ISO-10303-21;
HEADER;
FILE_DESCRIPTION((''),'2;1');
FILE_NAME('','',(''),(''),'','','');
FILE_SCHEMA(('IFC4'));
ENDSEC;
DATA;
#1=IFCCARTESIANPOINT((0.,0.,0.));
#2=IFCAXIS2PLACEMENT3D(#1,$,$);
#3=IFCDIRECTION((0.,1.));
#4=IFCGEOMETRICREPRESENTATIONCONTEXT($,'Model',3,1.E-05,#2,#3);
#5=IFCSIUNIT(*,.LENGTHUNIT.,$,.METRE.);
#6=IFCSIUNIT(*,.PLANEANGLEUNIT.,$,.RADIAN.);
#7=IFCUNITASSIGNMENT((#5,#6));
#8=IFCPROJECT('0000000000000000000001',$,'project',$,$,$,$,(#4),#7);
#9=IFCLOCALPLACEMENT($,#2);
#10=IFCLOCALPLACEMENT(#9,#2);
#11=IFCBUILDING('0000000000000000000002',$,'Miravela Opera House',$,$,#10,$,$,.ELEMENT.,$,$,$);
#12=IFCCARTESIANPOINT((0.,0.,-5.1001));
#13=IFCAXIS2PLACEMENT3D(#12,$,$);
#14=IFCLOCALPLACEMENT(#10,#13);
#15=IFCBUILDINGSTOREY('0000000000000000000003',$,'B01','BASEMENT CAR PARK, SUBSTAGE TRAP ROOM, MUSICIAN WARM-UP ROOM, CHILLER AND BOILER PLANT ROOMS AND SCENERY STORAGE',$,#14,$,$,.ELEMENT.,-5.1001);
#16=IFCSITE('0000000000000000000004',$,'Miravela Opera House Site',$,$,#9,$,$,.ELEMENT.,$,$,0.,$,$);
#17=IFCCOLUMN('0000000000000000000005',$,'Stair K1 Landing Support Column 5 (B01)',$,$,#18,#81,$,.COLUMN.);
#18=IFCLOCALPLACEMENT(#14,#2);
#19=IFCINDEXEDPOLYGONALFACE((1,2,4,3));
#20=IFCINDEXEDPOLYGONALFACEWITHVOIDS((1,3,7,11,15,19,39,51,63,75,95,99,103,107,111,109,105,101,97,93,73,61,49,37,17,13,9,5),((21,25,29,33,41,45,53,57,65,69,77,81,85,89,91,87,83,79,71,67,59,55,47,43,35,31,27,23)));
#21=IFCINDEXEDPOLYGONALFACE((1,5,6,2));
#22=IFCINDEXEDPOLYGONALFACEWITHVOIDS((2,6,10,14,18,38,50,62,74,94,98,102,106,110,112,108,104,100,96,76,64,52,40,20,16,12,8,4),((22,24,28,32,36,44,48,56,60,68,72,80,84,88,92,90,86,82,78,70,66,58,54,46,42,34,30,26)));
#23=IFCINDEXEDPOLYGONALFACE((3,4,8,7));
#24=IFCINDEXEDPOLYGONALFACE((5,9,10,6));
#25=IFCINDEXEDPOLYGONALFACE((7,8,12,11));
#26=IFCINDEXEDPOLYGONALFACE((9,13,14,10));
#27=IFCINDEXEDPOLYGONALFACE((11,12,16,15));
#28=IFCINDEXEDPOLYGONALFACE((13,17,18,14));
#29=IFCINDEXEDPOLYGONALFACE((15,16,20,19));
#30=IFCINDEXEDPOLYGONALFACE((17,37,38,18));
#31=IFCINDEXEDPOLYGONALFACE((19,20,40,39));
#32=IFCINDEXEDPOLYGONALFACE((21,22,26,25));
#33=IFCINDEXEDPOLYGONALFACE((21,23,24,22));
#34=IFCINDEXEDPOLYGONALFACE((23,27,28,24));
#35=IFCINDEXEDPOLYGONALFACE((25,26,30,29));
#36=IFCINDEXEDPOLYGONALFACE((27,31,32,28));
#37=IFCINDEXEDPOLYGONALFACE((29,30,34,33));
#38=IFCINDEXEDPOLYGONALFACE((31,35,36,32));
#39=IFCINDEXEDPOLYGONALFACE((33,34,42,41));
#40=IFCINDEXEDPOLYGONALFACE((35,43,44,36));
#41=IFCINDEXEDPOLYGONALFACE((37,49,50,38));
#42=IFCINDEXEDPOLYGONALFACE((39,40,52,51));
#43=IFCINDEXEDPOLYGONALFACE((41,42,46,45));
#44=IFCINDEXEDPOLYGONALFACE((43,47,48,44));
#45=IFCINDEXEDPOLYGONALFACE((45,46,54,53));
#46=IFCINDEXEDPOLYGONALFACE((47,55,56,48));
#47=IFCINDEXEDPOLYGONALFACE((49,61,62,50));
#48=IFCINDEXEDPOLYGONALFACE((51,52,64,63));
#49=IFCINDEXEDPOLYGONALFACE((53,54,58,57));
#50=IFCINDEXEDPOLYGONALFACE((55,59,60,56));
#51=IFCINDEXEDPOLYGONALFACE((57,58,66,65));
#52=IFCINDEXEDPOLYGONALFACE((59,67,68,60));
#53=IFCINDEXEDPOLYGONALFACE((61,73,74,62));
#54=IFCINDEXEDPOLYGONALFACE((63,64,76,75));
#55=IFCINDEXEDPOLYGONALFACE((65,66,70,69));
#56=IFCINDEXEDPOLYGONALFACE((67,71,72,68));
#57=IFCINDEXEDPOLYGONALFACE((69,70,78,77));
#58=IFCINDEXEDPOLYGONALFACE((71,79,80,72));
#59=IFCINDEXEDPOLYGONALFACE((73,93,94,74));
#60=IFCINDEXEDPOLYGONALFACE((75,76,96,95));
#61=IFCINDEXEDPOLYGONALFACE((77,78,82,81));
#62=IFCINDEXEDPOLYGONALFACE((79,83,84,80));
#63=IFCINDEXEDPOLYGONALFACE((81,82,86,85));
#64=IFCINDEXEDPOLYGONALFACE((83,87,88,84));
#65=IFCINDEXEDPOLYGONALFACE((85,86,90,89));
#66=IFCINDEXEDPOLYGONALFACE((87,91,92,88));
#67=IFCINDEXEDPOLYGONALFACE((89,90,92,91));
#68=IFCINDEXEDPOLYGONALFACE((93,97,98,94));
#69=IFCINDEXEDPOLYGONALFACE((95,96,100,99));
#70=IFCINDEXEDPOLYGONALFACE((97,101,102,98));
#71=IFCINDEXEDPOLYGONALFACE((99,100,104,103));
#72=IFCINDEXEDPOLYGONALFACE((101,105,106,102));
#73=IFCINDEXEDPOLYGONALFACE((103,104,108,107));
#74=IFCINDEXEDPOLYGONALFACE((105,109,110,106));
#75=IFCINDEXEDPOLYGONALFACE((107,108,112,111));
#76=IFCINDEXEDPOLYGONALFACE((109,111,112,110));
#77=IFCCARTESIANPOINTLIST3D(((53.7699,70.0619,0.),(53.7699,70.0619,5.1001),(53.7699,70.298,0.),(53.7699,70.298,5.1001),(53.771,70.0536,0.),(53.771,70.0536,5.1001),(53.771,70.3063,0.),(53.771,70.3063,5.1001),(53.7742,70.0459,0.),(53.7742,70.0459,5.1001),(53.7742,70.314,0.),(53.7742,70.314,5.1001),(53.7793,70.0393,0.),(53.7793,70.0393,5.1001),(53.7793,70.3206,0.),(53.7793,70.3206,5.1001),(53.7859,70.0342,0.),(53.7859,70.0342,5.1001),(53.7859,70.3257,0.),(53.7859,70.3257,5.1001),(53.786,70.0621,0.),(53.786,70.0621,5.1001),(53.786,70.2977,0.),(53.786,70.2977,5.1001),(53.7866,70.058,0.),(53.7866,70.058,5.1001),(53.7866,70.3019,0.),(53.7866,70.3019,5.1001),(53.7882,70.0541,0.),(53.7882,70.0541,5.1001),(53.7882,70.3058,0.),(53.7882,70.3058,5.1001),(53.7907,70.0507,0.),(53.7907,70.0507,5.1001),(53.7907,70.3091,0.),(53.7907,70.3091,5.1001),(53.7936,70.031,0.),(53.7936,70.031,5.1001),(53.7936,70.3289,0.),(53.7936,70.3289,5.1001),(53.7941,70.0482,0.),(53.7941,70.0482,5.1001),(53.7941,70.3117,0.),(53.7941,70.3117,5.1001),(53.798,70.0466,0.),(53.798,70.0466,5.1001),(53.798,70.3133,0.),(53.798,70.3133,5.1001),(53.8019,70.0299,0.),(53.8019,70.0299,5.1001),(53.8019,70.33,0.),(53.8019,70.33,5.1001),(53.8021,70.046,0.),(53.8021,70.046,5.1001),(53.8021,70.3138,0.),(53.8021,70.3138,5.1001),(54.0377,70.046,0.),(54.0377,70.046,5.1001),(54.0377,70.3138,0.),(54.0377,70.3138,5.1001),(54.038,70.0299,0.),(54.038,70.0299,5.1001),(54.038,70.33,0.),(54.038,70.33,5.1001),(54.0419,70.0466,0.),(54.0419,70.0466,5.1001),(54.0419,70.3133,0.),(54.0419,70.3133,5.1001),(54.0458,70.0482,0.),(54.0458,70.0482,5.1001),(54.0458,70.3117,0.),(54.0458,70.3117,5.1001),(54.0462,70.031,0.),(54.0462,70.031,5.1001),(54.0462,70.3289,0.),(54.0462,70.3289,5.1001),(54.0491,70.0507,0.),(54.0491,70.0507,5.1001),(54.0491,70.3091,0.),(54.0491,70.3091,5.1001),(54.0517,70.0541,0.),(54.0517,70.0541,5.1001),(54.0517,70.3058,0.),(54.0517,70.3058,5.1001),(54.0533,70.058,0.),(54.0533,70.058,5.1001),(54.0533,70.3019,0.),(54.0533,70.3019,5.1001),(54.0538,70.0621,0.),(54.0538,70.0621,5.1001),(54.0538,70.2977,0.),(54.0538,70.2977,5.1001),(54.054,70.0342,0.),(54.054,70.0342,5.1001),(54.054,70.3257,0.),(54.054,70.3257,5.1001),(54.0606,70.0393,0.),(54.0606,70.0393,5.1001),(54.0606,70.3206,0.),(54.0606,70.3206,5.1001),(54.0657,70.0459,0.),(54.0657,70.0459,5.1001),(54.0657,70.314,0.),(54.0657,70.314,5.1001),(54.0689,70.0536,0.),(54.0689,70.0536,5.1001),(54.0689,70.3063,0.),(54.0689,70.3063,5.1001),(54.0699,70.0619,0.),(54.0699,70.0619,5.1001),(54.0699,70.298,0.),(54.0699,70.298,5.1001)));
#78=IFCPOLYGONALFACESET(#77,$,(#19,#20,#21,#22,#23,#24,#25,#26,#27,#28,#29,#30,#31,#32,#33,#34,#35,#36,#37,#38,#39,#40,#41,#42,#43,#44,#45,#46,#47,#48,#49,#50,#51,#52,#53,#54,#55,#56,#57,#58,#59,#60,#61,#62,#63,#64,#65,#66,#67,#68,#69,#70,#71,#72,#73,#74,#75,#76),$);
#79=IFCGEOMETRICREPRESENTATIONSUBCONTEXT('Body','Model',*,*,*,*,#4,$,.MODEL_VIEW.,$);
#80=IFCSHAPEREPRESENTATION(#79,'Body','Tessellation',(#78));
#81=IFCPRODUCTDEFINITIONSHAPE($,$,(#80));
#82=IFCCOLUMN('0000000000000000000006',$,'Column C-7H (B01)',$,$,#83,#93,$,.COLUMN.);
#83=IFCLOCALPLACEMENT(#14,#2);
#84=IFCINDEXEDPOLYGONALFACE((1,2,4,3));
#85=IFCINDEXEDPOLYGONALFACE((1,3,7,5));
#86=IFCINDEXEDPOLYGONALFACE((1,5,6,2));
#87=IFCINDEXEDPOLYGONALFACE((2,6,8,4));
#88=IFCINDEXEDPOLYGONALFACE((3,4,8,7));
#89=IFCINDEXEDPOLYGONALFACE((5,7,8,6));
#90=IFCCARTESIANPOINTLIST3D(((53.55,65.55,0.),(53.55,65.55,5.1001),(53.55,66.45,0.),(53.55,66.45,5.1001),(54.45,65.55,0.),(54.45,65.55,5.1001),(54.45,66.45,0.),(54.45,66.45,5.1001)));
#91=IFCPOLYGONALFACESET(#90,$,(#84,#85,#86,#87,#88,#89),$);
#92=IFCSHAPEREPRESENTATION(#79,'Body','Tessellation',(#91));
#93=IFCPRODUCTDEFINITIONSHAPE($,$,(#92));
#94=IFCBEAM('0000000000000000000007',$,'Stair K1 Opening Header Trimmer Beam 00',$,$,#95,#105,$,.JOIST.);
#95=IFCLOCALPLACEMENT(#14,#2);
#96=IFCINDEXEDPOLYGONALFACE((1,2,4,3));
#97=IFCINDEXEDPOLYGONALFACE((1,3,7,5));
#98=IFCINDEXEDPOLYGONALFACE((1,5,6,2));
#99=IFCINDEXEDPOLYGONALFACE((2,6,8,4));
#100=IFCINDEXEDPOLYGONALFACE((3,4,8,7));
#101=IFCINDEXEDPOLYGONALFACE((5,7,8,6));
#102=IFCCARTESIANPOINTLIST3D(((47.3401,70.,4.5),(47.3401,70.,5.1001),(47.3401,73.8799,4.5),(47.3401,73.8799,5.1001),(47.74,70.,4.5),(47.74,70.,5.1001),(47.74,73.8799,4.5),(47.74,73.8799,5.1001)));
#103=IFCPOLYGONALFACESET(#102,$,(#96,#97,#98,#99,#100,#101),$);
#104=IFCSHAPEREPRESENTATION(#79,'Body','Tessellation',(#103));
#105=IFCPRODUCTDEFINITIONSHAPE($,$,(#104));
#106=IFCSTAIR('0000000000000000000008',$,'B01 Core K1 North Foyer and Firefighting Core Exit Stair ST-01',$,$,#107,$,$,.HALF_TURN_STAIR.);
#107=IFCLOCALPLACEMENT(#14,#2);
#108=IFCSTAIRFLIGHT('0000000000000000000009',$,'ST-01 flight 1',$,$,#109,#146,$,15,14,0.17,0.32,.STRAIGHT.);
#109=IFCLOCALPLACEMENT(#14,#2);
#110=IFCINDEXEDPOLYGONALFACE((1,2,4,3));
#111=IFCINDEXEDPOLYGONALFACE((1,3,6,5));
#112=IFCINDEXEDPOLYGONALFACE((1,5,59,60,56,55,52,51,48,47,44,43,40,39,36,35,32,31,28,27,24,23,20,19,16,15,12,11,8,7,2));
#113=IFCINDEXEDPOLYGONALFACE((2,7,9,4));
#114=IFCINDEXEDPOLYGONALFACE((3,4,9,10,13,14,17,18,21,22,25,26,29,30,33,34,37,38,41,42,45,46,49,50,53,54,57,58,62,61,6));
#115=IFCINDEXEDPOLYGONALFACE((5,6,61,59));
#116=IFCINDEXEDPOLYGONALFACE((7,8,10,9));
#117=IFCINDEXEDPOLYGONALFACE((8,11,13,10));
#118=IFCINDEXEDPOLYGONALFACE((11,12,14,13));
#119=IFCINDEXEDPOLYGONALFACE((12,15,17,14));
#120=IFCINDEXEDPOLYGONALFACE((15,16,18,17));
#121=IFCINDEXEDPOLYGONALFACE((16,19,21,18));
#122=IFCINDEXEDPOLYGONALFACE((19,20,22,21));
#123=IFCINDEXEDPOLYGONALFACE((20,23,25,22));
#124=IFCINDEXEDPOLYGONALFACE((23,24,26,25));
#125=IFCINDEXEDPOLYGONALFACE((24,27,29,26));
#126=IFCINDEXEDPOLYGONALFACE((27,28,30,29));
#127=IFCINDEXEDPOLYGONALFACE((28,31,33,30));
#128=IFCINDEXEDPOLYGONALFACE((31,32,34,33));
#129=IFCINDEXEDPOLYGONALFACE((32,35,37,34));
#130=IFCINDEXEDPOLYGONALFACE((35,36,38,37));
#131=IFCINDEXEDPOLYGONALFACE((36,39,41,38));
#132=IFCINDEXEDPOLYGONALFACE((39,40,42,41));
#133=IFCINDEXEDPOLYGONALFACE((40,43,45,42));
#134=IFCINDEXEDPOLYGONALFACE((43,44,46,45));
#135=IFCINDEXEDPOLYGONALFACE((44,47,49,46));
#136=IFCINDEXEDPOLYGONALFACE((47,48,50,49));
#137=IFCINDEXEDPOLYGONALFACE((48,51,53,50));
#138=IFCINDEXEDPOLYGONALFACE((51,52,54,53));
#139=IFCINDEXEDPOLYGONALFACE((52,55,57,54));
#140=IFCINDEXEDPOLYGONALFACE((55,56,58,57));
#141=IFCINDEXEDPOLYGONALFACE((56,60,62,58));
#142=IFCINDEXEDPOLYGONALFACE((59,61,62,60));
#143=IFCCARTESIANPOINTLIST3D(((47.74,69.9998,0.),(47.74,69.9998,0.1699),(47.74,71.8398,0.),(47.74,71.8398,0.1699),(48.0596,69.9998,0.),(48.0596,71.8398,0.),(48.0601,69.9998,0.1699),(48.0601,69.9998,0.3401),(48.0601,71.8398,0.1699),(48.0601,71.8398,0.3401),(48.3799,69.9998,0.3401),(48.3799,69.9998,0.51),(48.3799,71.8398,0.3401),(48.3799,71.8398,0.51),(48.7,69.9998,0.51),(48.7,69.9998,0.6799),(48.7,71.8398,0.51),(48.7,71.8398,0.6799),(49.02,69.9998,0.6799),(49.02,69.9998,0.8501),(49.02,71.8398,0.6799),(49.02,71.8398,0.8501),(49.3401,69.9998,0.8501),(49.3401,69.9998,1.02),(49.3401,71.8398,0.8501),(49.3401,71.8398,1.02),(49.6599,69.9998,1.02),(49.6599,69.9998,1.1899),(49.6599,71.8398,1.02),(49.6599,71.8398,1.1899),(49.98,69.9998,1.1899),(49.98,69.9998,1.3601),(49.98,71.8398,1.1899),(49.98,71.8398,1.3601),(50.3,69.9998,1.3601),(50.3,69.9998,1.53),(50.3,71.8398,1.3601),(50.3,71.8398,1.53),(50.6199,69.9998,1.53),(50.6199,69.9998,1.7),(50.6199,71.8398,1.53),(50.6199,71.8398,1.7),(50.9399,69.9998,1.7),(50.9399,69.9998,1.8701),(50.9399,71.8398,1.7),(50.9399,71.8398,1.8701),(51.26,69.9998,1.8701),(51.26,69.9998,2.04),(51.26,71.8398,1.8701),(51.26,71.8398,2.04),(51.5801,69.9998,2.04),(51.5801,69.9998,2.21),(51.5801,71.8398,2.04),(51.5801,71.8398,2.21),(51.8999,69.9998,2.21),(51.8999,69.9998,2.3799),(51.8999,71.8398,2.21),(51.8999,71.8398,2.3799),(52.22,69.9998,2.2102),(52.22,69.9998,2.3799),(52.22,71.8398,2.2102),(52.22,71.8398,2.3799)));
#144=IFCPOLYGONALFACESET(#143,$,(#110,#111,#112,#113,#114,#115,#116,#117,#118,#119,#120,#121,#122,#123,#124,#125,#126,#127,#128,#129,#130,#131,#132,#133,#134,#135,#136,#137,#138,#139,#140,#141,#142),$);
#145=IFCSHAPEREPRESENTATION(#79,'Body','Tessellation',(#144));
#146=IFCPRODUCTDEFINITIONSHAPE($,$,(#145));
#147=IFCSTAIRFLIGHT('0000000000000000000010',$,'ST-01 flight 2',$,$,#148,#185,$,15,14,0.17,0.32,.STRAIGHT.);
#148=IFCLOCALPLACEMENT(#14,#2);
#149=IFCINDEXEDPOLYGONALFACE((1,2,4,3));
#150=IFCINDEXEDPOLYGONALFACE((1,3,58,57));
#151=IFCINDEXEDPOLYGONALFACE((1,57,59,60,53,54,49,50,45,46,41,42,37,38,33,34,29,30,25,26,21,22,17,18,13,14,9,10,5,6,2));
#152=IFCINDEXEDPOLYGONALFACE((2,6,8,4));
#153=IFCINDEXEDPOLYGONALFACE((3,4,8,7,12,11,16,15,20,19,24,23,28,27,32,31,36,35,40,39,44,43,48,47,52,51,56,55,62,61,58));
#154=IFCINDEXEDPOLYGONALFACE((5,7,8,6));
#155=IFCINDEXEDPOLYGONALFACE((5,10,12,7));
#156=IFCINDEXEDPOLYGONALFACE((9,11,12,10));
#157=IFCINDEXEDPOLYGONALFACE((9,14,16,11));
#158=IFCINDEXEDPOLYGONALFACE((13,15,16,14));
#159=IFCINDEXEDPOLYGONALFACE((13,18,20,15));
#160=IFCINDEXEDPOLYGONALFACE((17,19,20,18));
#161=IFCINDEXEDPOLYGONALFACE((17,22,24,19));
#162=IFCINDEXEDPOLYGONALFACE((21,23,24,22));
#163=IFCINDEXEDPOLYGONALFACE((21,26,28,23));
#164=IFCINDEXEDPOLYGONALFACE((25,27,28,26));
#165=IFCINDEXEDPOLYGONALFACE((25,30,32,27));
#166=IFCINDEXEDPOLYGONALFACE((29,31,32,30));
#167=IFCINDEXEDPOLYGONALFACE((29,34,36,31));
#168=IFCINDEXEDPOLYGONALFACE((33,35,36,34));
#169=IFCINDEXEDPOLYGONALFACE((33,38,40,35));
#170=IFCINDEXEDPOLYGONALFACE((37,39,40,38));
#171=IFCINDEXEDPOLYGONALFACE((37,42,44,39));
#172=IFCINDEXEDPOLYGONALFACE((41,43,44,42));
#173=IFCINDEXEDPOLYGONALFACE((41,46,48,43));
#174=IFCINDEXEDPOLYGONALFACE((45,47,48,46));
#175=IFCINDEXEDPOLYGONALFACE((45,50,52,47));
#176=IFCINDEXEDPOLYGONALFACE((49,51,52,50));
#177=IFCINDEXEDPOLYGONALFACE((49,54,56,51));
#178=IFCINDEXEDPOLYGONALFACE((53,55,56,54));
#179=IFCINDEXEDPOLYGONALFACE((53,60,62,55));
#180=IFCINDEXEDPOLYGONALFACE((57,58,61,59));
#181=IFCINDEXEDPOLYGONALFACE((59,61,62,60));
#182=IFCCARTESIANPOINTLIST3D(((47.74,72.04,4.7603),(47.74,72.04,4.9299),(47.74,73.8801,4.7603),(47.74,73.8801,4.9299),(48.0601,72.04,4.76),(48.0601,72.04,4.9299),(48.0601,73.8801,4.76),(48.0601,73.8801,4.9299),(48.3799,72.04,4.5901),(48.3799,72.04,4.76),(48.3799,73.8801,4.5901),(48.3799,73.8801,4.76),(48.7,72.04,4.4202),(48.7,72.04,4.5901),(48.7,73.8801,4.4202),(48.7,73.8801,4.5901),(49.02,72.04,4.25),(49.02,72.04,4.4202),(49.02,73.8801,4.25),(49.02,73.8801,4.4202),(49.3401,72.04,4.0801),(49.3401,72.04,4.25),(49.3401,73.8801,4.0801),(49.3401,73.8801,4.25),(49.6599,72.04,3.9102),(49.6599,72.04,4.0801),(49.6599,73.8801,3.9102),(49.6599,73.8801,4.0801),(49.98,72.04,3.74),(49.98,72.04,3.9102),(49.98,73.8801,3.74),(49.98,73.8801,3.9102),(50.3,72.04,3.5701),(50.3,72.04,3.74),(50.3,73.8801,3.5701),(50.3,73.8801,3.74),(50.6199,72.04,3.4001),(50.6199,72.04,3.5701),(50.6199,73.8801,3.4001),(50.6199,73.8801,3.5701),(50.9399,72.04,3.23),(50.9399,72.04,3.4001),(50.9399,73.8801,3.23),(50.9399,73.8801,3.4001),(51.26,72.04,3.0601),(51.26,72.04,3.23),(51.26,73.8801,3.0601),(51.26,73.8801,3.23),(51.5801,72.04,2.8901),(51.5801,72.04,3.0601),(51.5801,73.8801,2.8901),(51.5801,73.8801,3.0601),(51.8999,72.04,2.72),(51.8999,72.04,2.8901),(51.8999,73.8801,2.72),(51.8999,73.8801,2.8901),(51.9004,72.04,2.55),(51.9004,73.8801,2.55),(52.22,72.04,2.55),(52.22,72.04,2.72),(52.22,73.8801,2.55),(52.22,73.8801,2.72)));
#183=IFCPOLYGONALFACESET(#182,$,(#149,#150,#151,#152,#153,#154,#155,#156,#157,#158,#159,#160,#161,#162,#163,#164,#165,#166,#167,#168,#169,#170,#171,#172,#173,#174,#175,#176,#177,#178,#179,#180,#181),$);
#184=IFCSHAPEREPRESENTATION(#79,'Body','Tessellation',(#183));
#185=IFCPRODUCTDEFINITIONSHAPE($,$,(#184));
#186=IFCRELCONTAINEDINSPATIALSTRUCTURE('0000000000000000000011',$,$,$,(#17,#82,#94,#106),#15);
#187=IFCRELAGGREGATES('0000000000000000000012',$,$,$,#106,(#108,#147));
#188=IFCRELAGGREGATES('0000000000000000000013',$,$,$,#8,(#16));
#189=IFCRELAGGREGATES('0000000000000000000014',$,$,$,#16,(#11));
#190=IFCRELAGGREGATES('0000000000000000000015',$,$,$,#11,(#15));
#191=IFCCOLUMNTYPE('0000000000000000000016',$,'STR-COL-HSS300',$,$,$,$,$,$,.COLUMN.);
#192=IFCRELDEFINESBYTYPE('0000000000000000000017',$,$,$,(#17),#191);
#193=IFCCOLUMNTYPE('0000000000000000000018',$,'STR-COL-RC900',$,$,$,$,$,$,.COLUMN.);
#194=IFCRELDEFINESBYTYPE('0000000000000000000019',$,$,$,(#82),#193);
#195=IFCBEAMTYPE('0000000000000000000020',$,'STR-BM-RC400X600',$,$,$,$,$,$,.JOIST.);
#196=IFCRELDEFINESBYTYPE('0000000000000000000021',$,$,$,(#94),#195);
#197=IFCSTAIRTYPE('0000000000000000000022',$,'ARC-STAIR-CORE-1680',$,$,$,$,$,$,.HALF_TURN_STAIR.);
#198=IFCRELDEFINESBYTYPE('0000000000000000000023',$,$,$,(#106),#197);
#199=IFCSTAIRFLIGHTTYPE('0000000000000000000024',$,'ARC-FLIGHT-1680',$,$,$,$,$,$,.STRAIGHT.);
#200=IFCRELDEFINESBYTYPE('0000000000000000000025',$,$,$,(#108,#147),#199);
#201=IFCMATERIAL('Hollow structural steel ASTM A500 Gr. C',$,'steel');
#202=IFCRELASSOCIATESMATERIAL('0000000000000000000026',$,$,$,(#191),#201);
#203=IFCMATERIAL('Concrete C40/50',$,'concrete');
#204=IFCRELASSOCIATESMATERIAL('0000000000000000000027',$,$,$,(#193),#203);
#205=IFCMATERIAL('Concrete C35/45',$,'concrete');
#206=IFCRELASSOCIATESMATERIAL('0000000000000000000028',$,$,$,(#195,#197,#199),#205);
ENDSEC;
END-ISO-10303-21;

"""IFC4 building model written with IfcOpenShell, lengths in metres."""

from ifc_helpers import new_model, si_unit, direction, frame, origin, origin_2d, place, context, subcontext, project, spatial, polyline, rectangle, hollow_rectangle, outline, extrude, material, material_profile, profile_set, type_object, element, aggregate, save


model = new_model("IFC4")

# Units and contexts
model_context = context("Model", 3, precision=1e-05, world=origin(), true_north=direction((0.0, 1.0)))
body_context = subcontext(model_context, "Body", "Model", "MODEL_VIEW")
ifc_project = project(units=[si_unit("LENGTHUNIT", "METRE"), si_unit("PLANEANGLEUNIT", "RADIAN")], contexts=[model_context])

# Site, building, storey
site_placement = place(None, origin())
site = spatial("IfcSite", under=ifc_project, at=site_placement, Name="Miravela Opera House Site", CompositionType="ELEMENT", RefElevation=0.0)
building_placement = place(site_placement, origin())
building = spatial("IfcBuilding", under=site, at=building_placement, Name="Miravela Opera House", CompositionType="ELEMENT")
storey_placement = place(building_placement, frame((0.0, 0.0, -5.1001)))
storey = spatial("IfcBuildingStorey", under=building, at=storey_placement, Name="B01", Description="BASEMENT CAR PARK, SUBSTAGE TRAP ROOM, MUSICIAN WARM-UP ROOM, CHILLER AND BOILER PLANT ROOMS AND SCENERY STORAGE", CompositionType="ELEMENT", Elevation=-5.1001)

# Shared definitions
ifc_material_1 = material(Name="Concrete C35/45", Category="concrete")

# Columns
ifc_material_2 = material(Name="Hollow structural steel ASTM A500 Gr. C", Category="steel")
ifc_material_profile_1 = material_profile(ifc_material_2, hollow_rectangle(XDim=0.3, YDim=0.3, WallThickness=0.0161, InnerFilletRadius=0.0161, OuterFilletRadius=0.032, at=origin_2d()), Name="HSS300X300X16")
ifc_profile_set_1 = profile_set([ifc_material_profile_1])
column_type_1 = type_object("IfcColumnType", Name="STR-COL-HSS300", PredefinedType="COLUMN", material=ifc_profile_set_1)
for number, where, z_axis, x_axis, name in (
    (1, (53.9199, 70.1799, 0.0), (0.0, 0.0, 1.0), (1.0, 0.0, 0.0), "Stair K1 Landing Support Column 5 (B01)"),
):
    element("IfcColumn", number, at=place(storey_placement, frame(where, z_axis=z_axis, x_axis=x_axis)), inside=storey, type_object=column_type_1, Name=name, PredefinedType="COLUMN", context=body_context, shape_type="SweptSolid", body=[
        extrude(hollow_rectangle(XDim=0.3, YDim=0.3, WallThickness=0.0161, InnerFilletRadius=0.0161, OuterFilletRadius=0.032, at=origin_2d()), origin(), (0.0, 0.0, 1.0), 5.1001),
    ])
ifc_material_3 = material(Name="Concrete C40/50", Category="concrete")
ifc_material_profile_2 = material_profile(ifc_material_3, rectangle(XDim=0.8999, YDim=0.8999, at=origin_2d()), Name="RC-COL-900X900")
ifc_profile_set_2 = profile_set([ifc_material_profile_2])
column_type_2 = type_object("IfcColumnType", Name="STR-COL-RC900", PredefinedType="COLUMN", material=ifc_profile_set_2)
column_placement = place(storey_placement, frame((54.0, 66.0, 0.0), z_axis=(0.0, 0.0, 1.0), x_axis=(1.0, 0.0, 0.0)))
element("IfcColumn", 2, at=column_placement, inside=storey, type_object=column_type_2, Name="Column C-7H (B01)", PredefinedType="COLUMN", context=body_context, shape_type="SweptSolid", body=[
    extrude(rectangle(XDim=0.8999, YDim=0.8999, at=origin_2d()), origin(), (0.0, 0.0, 1.0), 5.1001),
])

# Beam
ifc_material_profile_3 = material_profile(ifc_material_1, rectangle(XDim=0.3999, YDim=0.6001, at=origin_2d()), Name="RC-BM-400X600")
ifc_profile_set_3 = profile_set([ifc_material_profile_3])
beam_type = type_object("IfcBeamType", Name="STR-BM-RC400X600", PredefinedType="JOIST", material=ifc_profile_set_3)
beam_placement = place(storey_placement, frame((47.54, 70.0, 4.8), z_axis=(0.0, 1.0, 0.0), x_axis=(-1.0, 0.0, 0.0)))
element("IfcBeam", 3, at=beam_placement, inside=storey, type_object=beam_type, Name="Stair K1 Opening Header Trimmer Beam 00", PredefinedType="JOIST", context=body_context, shape_type="SweptSolid", body=[
    extrude(rectangle(XDim=0.3999, YDim=0.6001, at=origin_2d()), origin(), (0.0, 0.0, 1.0), 3.8799),
])

# Stair, stair flights
stair_type = type_object("IfcStairType", Name="ARC-STAIR-CORE-1680", PredefinedType="HALF_TURN_STAIR", material=ifc_material_1)
stair_placement = place(storey_placement, origin())
stair = element("IfcStair", 4, at=stair_placement, inside=storey, type_object=stair_type, Name="B01 Core K1 North Foyer and Firefighting Core Exit Stair ST-01", PredefinedType="HALF_TURN_STAIR")
stair_flight_type = type_object("IfcStairFlightType", Name="ARC-FLIGHT-1680", PredefinedType="STRAIGHT", material=ifc_material_1)
stair_flight_1_placement = place(storey_placement, frame((47.74, 70.9199, 0.0), z_axis=(0.0, 0.0, 1.0), x_axis=(1.0, 0.0, 0.0)))
stair_flight_1 = element("IfcStairFlight", 5, at=stair_flight_1_placement, type_object=stair_flight_type, Name="ST-01 flight 1", NumberOfRisers=15, NumberOfTreads=14, PredefinedType="STRAIGHT", RiserHeight=0.17, TreadLength=0.32, context=body_context, shape_type="SweptSolid", body=[
    extrude(outline(polyline([(0.0, 0.0), (0.0, 0.1699), (0.3201, 0.1699), (0.3201, 0.3401), (0.6399, 0.3401), (0.6399, 0.51), (0.96, 0.51), (0.96, 0.6799), (1.28, 0.6799), (1.28, 0.8501), (1.6001, 0.8501), (1.6001, 1.02), (1.9199, 1.02), (1.9199, 1.1899), (2.24, 1.1899), (2.24, 1.3601), (2.5601, 1.3601), (2.5601, 1.53), (2.8799, 1.53), (2.8799, 1.7), (3.2, 1.7), (3.2, 1.8701), (3.52, 1.8701), (3.52, 2.04), (3.8401, 2.04), (3.8401, 2.21), (4.1599, 2.21), (4.1599, 2.3799), (4.48, 2.3799), (4.48, 2.55), (4.48, 2.2102), (0.3196, 0.0), (0.0, 0.0)])), frame((0.0, 0.9199, 0.0), z_axis=(0.0, -1.0, 0.0), x_axis=(1.0, 0.0, 0.0)), (0.0, 0.0, 1.0), 1.8401),
])
stair_flight_2_placement = place(storey_placement, frame((52.22, 72.96, 2.55), z_axis=(0.0, 0.0, 1.0), x_axis=(-1.0, 0.0, 0.0)))
stair_flight_2 = element("IfcStairFlight", 6, at=stair_flight_2_placement, type_object=stair_flight_type, Name="ST-01 flight 2", NumberOfRisers=15, NumberOfTreads=14, PredefinedType="STRAIGHT", RiserHeight=0.17, TreadLength=0.32, context=body_context, shape_type="SweptSolid", body=[
    extrude(outline(polyline([(0.0, 0.0), (0.0, 0.1699), (0.3201, 0.1699), (0.3201, 0.3401), (0.6399, 0.3401), (0.6399, 0.51), (0.96, 0.51), (0.96, 0.6799), (1.28, 0.6799), (1.28, 0.8501), (1.6001, 0.8501), (1.6001, 1.02), (1.9199, 1.02), (1.9199, 1.1899), (2.24, 1.1899), (2.24, 1.3601), (2.5601, 1.3601), (2.5601, 1.53), (2.8799, 1.53), (2.8799, 1.7), (3.2, 1.7), (3.2, 1.8701), (3.52, 1.8701), (3.52, 2.04), (3.8401, 2.04), (3.8401, 2.21), (4.1599, 2.21), (4.1599, 2.3799), (4.48, 2.3799), (4.48, 2.55), (4.48, 2.2102), (0.3196, 0.0), (0.0, 0.0)])), frame((0.0, 0.9199, 0.0), z_axis=(0.0, -1.0, 0.0), x_axis=(1.0, 0.0, 0.0)), (0.0, 0.0, 1.0), 1.8401),
])
aggregate(stair, [stair_flight_1, stair_flight_2])

save(model, "model.ifc")
